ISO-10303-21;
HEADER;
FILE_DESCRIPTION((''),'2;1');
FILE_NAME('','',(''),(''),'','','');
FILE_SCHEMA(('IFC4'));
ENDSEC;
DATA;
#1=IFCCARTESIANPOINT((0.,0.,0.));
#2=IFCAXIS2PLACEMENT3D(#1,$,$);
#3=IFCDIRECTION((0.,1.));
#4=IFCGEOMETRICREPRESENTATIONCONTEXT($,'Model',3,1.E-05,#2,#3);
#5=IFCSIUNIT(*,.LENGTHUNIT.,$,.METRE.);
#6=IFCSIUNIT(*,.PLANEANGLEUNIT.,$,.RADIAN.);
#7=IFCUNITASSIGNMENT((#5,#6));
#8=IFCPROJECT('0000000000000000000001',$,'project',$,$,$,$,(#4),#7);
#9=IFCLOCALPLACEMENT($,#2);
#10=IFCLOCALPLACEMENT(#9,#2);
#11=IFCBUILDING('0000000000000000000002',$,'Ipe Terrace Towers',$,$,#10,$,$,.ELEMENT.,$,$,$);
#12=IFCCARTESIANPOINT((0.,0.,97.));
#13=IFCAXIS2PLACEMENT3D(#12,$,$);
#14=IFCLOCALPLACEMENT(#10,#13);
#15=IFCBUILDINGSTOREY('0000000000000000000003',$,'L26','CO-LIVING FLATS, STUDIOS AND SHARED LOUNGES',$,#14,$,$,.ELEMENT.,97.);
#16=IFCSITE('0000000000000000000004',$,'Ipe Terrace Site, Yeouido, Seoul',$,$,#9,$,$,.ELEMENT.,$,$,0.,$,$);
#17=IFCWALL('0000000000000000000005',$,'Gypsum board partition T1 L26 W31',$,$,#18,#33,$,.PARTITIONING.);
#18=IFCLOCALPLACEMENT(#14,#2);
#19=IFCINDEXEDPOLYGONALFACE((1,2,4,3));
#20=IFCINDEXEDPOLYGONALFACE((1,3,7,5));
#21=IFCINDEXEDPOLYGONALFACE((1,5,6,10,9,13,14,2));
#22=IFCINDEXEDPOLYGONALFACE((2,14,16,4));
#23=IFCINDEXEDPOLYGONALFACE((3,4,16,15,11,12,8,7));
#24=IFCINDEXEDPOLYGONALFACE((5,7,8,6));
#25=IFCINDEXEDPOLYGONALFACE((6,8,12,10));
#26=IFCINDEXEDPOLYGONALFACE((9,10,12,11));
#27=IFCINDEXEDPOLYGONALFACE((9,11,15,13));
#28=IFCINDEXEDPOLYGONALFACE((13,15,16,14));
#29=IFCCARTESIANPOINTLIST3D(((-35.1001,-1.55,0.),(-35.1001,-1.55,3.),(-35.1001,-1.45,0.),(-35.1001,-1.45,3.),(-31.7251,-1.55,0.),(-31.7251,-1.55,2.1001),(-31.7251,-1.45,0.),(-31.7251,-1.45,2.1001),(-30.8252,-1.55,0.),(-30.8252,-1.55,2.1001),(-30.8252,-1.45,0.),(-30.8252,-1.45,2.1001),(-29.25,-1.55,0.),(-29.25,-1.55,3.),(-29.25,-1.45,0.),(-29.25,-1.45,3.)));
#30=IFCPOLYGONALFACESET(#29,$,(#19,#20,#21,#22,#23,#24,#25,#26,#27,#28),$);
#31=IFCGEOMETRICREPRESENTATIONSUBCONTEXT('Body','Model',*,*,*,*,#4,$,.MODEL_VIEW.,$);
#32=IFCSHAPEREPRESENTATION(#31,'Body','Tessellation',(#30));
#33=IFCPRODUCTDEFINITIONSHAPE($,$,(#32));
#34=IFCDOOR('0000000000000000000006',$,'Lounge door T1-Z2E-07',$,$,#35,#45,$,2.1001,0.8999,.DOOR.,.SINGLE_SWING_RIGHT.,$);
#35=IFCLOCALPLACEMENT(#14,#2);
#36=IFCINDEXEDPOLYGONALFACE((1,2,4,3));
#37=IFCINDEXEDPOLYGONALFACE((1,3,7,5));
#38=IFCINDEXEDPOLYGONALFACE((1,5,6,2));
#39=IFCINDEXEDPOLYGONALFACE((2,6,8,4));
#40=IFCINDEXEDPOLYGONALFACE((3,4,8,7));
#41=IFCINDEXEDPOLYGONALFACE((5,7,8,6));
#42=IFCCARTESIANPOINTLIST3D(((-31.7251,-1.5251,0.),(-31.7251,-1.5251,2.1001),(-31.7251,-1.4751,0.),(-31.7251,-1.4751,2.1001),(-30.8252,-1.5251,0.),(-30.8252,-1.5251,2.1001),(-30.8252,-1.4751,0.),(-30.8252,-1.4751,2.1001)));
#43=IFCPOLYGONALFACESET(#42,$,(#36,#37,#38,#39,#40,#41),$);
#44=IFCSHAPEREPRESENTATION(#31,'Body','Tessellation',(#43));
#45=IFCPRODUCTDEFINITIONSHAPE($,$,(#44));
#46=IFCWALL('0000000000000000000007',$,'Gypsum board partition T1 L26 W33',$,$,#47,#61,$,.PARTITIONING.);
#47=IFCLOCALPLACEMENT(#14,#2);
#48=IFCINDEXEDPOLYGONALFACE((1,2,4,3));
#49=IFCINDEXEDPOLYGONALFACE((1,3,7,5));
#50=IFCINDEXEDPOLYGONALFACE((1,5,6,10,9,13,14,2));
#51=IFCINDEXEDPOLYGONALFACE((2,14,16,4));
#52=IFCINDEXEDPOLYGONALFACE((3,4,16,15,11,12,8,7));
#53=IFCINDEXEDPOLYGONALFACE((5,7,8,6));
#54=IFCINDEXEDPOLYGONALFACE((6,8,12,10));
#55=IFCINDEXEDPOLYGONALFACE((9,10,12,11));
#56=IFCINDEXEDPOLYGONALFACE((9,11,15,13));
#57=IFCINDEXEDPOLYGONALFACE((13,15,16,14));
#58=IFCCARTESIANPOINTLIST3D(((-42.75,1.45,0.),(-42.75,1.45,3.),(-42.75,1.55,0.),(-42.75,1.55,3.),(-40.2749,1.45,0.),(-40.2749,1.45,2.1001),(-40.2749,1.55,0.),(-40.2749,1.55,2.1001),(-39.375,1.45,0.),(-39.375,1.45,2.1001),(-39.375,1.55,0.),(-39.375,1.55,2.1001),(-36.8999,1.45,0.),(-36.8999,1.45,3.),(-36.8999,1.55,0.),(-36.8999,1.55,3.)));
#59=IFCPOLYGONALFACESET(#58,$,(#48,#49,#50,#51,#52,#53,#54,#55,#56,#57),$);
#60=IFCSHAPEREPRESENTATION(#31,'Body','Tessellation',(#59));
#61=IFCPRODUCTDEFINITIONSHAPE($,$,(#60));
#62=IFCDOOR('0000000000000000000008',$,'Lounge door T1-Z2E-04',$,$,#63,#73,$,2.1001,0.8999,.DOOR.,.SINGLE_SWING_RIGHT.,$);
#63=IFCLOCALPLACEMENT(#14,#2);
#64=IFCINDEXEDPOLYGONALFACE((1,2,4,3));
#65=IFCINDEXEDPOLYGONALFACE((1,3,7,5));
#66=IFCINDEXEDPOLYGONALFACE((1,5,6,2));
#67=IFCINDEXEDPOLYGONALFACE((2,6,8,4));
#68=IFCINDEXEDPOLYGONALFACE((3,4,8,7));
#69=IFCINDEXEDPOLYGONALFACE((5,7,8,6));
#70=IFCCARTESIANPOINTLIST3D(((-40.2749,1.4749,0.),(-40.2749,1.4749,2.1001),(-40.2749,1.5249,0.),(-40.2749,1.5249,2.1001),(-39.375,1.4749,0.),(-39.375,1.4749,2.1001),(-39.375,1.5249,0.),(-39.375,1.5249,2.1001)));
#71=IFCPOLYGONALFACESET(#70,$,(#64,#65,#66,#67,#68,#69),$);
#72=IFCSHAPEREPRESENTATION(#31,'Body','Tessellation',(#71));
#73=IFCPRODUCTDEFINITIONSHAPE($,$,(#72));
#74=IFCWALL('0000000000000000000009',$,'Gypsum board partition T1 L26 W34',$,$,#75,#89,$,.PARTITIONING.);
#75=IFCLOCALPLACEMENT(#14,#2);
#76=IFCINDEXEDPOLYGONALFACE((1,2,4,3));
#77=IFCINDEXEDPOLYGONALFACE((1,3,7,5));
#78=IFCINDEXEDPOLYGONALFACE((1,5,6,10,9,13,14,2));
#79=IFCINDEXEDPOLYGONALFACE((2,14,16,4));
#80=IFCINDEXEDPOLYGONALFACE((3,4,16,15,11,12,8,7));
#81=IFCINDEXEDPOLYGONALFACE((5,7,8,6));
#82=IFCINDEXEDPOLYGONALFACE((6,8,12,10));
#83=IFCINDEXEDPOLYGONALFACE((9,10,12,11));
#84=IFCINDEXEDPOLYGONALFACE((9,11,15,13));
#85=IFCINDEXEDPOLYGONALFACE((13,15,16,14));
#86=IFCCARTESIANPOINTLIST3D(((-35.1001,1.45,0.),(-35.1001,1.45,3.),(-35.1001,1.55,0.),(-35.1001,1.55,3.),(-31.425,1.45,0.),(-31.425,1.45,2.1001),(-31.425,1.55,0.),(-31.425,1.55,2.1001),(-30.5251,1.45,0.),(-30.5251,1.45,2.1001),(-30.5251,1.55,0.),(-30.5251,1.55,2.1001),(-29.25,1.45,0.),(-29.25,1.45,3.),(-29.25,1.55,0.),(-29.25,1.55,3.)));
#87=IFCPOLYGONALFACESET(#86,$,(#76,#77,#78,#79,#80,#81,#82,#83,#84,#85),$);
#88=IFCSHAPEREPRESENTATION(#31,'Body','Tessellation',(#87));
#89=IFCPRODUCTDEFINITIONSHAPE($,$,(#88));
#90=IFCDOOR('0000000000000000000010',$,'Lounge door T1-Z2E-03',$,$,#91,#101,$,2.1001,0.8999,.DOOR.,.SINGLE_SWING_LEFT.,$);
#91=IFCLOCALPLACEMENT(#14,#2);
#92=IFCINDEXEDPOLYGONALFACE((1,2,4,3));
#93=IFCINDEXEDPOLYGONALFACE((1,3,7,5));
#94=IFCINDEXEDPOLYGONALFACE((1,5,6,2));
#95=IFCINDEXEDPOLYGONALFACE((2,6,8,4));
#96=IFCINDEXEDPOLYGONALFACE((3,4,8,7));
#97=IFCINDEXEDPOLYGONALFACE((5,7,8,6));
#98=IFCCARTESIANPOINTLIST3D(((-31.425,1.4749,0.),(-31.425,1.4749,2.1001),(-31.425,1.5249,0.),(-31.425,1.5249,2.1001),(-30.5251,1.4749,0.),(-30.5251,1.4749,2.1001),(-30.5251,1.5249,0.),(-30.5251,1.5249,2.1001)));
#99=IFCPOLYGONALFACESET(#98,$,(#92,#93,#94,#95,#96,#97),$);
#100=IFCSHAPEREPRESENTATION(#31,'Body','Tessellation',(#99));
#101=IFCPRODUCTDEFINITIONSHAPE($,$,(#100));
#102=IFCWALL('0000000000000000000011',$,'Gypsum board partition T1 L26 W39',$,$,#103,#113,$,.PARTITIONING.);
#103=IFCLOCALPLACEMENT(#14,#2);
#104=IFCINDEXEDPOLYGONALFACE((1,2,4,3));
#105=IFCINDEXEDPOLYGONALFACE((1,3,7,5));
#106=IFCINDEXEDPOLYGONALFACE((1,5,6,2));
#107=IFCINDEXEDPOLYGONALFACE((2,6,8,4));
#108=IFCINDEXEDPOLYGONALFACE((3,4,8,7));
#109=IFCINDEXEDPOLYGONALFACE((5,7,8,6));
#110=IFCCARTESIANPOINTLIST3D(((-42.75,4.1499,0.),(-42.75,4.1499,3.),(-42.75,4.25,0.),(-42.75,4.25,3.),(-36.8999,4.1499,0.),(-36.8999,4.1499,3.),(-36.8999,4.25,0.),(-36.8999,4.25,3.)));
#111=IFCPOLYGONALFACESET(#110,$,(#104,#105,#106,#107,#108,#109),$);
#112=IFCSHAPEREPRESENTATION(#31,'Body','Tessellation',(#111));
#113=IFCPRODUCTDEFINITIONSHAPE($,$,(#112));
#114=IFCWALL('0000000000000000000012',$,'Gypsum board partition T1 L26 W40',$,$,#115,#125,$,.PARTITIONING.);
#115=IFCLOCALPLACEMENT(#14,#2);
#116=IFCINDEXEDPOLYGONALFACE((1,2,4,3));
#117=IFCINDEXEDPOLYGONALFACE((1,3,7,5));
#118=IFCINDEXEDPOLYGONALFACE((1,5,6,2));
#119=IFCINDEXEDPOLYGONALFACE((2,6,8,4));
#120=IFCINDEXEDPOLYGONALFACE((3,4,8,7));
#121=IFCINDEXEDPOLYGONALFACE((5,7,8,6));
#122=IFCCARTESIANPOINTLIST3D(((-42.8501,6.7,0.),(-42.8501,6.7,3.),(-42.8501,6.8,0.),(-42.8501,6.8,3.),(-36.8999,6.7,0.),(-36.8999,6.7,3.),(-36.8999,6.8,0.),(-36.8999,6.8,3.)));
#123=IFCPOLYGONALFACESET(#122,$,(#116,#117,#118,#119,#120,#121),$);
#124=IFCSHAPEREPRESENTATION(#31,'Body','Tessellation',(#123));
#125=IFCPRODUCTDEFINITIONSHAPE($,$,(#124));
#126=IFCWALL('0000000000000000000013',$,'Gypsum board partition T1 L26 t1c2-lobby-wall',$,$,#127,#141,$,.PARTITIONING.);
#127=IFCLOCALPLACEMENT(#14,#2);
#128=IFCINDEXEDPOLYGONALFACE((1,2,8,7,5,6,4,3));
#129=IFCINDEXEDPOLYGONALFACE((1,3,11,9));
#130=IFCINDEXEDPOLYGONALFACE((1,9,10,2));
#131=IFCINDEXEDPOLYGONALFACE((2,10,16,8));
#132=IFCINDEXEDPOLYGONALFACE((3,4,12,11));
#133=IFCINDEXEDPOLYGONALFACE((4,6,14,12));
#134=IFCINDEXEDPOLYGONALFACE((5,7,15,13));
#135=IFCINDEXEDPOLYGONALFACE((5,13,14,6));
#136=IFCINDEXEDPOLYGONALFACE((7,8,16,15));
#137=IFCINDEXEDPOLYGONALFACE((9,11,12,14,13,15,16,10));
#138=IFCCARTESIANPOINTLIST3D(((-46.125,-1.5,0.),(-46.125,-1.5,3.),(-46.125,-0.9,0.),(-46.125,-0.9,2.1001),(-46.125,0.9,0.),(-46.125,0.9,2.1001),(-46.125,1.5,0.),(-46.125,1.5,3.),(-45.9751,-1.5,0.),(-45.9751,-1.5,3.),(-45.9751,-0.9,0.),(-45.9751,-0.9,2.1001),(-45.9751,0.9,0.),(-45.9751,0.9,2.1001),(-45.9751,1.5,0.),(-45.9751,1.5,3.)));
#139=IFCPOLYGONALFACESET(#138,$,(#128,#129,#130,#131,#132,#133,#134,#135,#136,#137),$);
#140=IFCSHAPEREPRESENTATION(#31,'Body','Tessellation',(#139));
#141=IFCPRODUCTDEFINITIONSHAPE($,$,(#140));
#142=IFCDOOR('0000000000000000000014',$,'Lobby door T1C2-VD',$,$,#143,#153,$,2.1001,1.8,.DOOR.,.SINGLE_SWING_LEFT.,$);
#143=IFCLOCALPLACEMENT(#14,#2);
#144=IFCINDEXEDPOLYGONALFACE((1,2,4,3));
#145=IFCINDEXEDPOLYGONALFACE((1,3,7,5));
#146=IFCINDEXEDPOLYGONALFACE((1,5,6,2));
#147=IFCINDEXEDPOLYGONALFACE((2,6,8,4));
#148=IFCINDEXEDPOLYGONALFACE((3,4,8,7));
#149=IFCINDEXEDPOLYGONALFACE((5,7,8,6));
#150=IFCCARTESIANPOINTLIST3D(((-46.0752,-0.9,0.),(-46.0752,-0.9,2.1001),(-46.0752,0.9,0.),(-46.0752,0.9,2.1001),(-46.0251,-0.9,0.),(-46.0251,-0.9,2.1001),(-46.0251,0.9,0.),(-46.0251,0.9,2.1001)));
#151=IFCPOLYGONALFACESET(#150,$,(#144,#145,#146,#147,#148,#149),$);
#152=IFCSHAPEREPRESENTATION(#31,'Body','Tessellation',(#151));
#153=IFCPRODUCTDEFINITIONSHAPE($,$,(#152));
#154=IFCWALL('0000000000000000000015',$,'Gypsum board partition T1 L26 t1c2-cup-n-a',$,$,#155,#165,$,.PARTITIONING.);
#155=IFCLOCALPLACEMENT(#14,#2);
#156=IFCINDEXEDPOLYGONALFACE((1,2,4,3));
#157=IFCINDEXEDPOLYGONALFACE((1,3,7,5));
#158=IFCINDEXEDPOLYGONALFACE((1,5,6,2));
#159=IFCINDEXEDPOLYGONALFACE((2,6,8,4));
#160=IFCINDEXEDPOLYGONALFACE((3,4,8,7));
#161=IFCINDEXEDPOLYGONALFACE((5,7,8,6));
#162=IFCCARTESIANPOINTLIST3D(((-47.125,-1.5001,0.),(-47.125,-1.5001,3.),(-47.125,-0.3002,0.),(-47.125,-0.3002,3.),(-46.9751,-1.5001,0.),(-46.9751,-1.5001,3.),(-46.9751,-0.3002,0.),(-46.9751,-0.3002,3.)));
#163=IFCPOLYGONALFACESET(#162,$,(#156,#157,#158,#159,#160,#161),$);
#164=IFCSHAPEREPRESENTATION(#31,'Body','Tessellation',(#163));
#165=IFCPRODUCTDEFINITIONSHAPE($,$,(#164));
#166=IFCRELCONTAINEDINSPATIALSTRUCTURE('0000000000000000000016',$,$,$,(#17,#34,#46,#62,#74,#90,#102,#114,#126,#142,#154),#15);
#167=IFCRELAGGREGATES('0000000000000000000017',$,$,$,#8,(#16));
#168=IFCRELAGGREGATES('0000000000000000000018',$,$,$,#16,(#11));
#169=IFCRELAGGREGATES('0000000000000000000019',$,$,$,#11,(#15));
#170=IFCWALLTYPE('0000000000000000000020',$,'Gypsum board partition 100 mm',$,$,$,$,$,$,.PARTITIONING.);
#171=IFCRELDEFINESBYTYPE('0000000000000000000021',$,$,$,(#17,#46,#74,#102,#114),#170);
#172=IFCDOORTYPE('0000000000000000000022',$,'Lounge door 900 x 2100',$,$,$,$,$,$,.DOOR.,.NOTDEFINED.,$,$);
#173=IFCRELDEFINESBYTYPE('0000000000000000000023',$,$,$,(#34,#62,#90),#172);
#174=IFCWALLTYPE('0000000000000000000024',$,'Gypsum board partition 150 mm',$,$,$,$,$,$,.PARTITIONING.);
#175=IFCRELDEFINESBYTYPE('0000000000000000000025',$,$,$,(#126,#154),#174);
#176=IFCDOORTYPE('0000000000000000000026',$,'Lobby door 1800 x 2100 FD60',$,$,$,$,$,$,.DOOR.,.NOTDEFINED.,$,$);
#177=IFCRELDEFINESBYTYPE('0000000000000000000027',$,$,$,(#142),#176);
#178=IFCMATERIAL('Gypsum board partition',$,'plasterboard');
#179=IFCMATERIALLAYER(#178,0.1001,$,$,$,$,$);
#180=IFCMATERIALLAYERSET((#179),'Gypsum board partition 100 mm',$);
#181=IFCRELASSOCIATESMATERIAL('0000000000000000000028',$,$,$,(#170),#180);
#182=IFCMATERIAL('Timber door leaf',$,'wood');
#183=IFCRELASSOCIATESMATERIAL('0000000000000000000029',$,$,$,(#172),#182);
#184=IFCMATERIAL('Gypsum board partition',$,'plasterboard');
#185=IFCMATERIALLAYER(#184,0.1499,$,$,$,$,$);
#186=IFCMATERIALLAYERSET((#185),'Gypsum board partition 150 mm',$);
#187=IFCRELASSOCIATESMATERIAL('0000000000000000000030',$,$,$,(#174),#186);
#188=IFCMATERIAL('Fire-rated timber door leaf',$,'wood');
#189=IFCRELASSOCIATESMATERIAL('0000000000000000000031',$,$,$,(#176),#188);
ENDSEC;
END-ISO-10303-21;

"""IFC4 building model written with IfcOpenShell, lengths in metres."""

from ifc_helpers import new_model, si_unit, direction, frame, frame_2d, origin, place, context, subcontext, project, spatial, rectangle, extrude, material, layer, layer_set, type_object, element, fill, save


model = new_model("IFC4")

# Units and contexts
model_context = context("Model", 3, precision=1e-05, world=origin(), true_north=direction((0.0, 1.0)))
body_context = subcontext(model_context, "Body", "Model", "MODEL_VIEW")
ifc_project = project(units=[si_unit("LENGTHUNIT", "METRE"), si_unit("PLANEANGLEUNIT", "RADIAN")], contexts=[model_context])

# Site, building, storey
site_placement = place(None, origin())
site = spatial("IfcSite", under=ifc_project, at=site_placement, Name="Ipe Terrace Site, Yeouido, Seoul", CompositionType="ELEMENT", RefElevation=0.0)
building_placement = place(site_placement, origin())
building = spatial("IfcBuilding", under=site, at=building_placement, Name="Ipe Terrace Towers", CompositionType="ELEMENT")
storey_placement = place(building_placement, frame((0.0, 0.0, 97.0)))
storey = spatial("IfcBuildingStorey", under=building, at=storey_placement, Name="L26", Description="CO-LIVING FLATS, STUDIOS AND SHARED LOUNGES", CompositionType="ELEMENT", Elevation=97.0)

# Walls, openings, doors
ifc_material_1 = material(Name="Gypsum board partition", Category="plasterboard")
ifc_layer_1 = layer(ifc_material_1, 0.1001)
ifc_layer_set_1 = layer_set([ifc_layer_1], Name="Gypsum board partition 100 mm")
wall_type_1 = type_object("IfcWallType", Name="Gypsum board partition 100 mm", PredefinedType="PARTITIONING", material=ifc_layer_set_1)
ifc_material_2 = material(Name="Timber door leaf", Category="wood")
door_type_1 = type_object("IfcDoorType", Name="Lounge door 900 x 2100", OperationType="NOTDEFINED", PredefinedType="DOOR", material=ifc_material_2)
wall_1_placement = place(storey_placement, frame((-35.1001, -1.5, 0.0), z_axis=(0.0, 0.0, 1.0), x_axis=(1.0, 0.0, 0.0)))
wall_1 = element("IfcWall", 1, at=wall_1_placement, inside=storey, type_object=wall_type_1, Name="Gypsum board partition T1 L26 W31", PredefinedType="PARTITIONING", context=body_context, shape_type="SweptSolid", body=[
    extrude(rectangle(XDim=5.8501, YDim=0.1001, at=frame_2d((2.925, 0.0))), origin(), (0.0, 0.0, 1.0), 3.0),
])
opening_1_placement = place(wall_1_placement, frame((3.375, 0.0, 0.0)))
opening_1 = element("IfcOpeningElement", 2, at=opening_1_placement, cuts=wall_1, PredefinedType="OPENING", context=body_context, shape_type="SweptSolid", body=[
    extrude(rectangle(XDim=0.8999, YDim=2.1001, at=frame_2d((0.45, 1.05))), frame((0.0, 0.0601, 0.0), z_axis=(0.0, -1.0, 0.0), x_axis=(1.0, 0.0, 0.0)), (0.0, 0.0, 1.0), 0.1201),
])
door_1_placement = place(opening_1_placement, origin())
door_1 = element("IfcDoor", 3, at=door_1_placement, inside=storey, type_object=door_type_1, Name="Lounge door T1-Z2E-07", OperationType="SINGLE_SWING_RIGHT", OverallHeight=2.1001, OverallWidth=0.8999, PredefinedType="DOOR", context=body_context, shape_type="SweptSolid", body=[
    extrude(rectangle(XDim=0.8999, YDim=2.1001, at=frame_2d((0.45, 1.05))), frame((0.0, 0.0249, 0.0), z_axis=(0.0, -1.0, 0.0), x_axis=(1.0, 0.0, 0.0)), (0.0, 0.0, 1.0), 0.05),
])
fill(opening_1, door_1)
wall_2_placement = place(storey_placement, frame((-42.75, 1.5, 0.0), z_axis=(0.0, 0.0, 1.0), x_axis=(1.0, 0.0, 0.0)))
wall_2 = element("IfcWall", 4, at=wall_2_placement, inside=storey, type_object=wall_type_1, Name="Gypsum board partition T1 L26 W33", PredefinedType="PARTITIONING", context=body_context, shape_type="SweptSolid", body=[
    extrude(rectangle(XDim=5.8501, YDim=0.1001, at=frame_2d((2.925, 0.0))), origin(), (0.0, 0.0, 1.0), 3.0),
])
opening_2_placement = place(wall_2_placement, frame((2.4751, 0.0, 0.0)))
opening_2 = element("IfcOpeningElement", 5, at=opening_2_placement, cuts=wall_2, PredefinedType="OPENING", context=body_context, shape_type="SweptSolid", body=[
    extrude(rectangle(XDim=0.8999, YDim=2.1001, at=frame_2d((0.45, 1.05))), frame((0.0, 0.0601, 0.0), z_axis=(0.0, -1.0, 0.0), x_axis=(1.0, 0.0, 0.0)), (0.0, 0.0, 1.0), 0.1201),
])
door_2_placement = place(opening_2_placement, origin())
door_2 = element("IfcDoor", 6, at=door_2_placement, inside=storey, type_object=door_type_1, Name="Lounge door T1-Z2E-04", OperationType="SINGLE_SWING_RIGHT", OverallHeight=2.1001, OverallWidth=0.8999, PredefinedType="DOOR", context=body_context, shape_type="SweptSolid", body=[
    extrude(rectangle(XDim=0.8999, YDim=2.1001, at=frame_2d((0.45, 1.05))), frame((0.0, 0.0249, 0.0), z_axis=(0.0, -1.0, 0.0), x_axis=(1.0, 0.0, 0.0)), (0.0, 0.0, 1.0), 0.05),
])
fill(opening_2, door_2)
wall_3_placement = place(storey_placement, frame((-35.1001, 1.5, 0.0), z_axis=(0.0, 0.0, 1.0), x_axis=(1.0, 0.0, 0.0)))
wall_3 = element("IfcWall", 7, at=wall_3_placement, inside=storey, type_object=wall_type_1, Name="Gypsum board partition T1 L26 W34", PredefinedType="PARTITIONING", context=body_context, shape_type="SweptSolid", body=[
    extrude(rectangle(XDim=5.8501, YDim=0.1001, at=frame_2d((2.925, 0.0))), origin(), (0.0, 0.0, 1.0), 3.0),
])
opening_3_placement = place(wall_3_placement, frame((3.675, 0.0, 0.0)))
opening_3 = element("IfcOpeningElement", 8, at=opening_3_placement, cuts=wall_3, PredefinedType="OPENING", context=body_context, shape_type="SweptSolid", body=[
    extrude(rectangle(XDim=0.8999, YDim=2.1001, at=frame_2d((0.45, 1.05))), frame((0.0, 0.0601, 0.0), z_axis=(0.0, -1.0, 0.0), x_axis=(1.0, 0.0, 0.0)), (0.0, 0.0, 1.0), 0.1201),
])
door_3_placement = place(opening_3_placement, origin())
door_3 = element("IfcDoor", 9, at=door_3_placement, inside=storey, type_object=door_type_1, Name="Lounge door T1-Z2E-03", OperationType="SINGLE_SWING_LEFT", OverallHeight=2.1001, OverallWidth=0.8999, PredefinedType="DOOR", context=body_context, shape_type="SweptSolid", body=[
    extrude(rectangle(XDim=0.8999, YDim=2.1001, at=frame_2d((0.45, 1.05))), frame((0.0, 0.0249, 0.0), z_axis=(0.0, -1.0, 0.0), x_axis=(1.0, 0.0, 0.0)), (0.0, 0.0, 1.0), 0.05),
])
fill(opening_3, door_3)

# Walls
wall_4_placement = place(storey_placement, frame((-42.75, 4.2, 0.0), z_axis=(0.0, 0.0, 1.0), x_axis=(1.0, 0.0, 0.0)))
element("IfcWall", 10, at=wall_4_placement, inside=storey, type_object=wall_type_1, Name="Gypsum board partition T1 L26 W39", PredefinedType="PARTITIONING", context=body_context, shape_type="SweptSolid", body=[
    extrude(rectangle(XDim=5.8501, YDim=0.1001, at=frame_2d((2.925, 0.0))), origin(), (0.0, 0.0, 1.0), 3.0),
])
wall_5_placement = place(storey_placement, frame((-42.8501, 6.75, 0.0), z_axis=(0.0, 0.0, 1.0), x_axis=(1.0, 0.0, 0.0)))
element("IfcWall", 11, at=wall_5_placement, inside=storey, type_object=wall_type_1, Name="Gypsum board partition T1 L26 W40", PredefinedType="PARTITIONING", context=body_context, shape_type="SweptSolid", body=[
    extrude(rectangle(XDim=5.9502, YDim=0.1001, at=frame_2d((2.9751, 0.0))), origin(), (0.0, 0.0, 1.0), 3.0),
])

# Wall, opening, door
ifc_material_3 = material(Name="Gypsum board partition", Category="plasterboard")
ifc_layer_2 = layer(ifc_material_3, 0.1499)
ifc_layer_set_2 = layer_set([ifc_layer_2], Name="Gypsum board partition 150 mm")
wall_type_2 = type_object("IfcWallType", Name="Gypsum board partition 150 mm", PredefinedType="PARTITIONING", material=ifc_layer_set_2)
wall_6_placement = place(storey_placement, frame((-46.05, 1.5, 0.0), z_axis=(0.0, 0.0, 1.0), x_axis=(0.0, -1.0, 0.0)))
wall_6 = element("IfcWall", 12, at=wall_6_placement, inside=storey, type_object=wall_type_2, Name="Gypsum board partition T1 L26 t1c2-lobby-wall", PredefinedType="PARTITIONING", context=body_context, shape_type="SweptSolid", body=[
    extrude(rectangle(XDim=3.0, YDim=0.1499, at=frame_2d((1.5, 0.0))), origin(), (0.0, 0.0, 1.0), 3.0),
])
opening_4_placement = place(wall_6_placement, frame((0.6001, 0.0, 0.0)))
opening_4 = element("IfcOpeningElement", 13, at=opening_4_placement, cuts=wall_6, PredefinedType="OPENING", context=body_context, shape_type="SweptSolid", body=[
    extrude(rectangle(XDim=1.8, YDim=2.1001, at=frame_2d((0.8999, 1.05))), frame((0.0, 0.085, 0.0), z_axis=(0.0, -1.0, 0.0), x_axis=(1.0, 0.0, 0.0)), (0.0, 0.0, 1.0), 0.1699),
])
ifc_material_4 = material(Name="Fire-rated timber door leaf", Category="wood")
door_type_2 = type_object("IfcDoorType", Name="Lobby door 1800 x 2100 FD60", OperationType="NOTDEFINED", PredefinedType="DOOR", material=ifc_material_4)
door_4_placement = place(opening_4_placement, origin())
door_4 = element("IfcDoor", 14, at=door_4_placement, inside=storey, type_object=door_type_2, Name="Lobby door T1C2-VD", OperationType="SINGLE_SWING_LEFT", OverallHeight=2.1001, OverallWidth=1.8, PredefinedType="DOOR", context=body_context, shape_type="SweptSolid", body=[
    extrude(rectangle(XDim=1.8, YDim=2.1001, at=frame_2d((0.8999, 1.05))), frame((0.0, 0.0249, 0.0), z_axis=(0.0, -1.0, 0.0), x_axis=(1.0, 0.0, 0.0)), (0.0, 0.0, 1.0), 0.05),
])
fill(opening_4, door_4)

# Wall
wall_7_placement = place(storey_placement, frame((-47.05, -0.3, 0.0), z_axis=(0.0, 0.0, 1.0), x_axis=(0.0, -1.0, 0.0)))
element("IfcWall", 15, at=wall_7_placement, inside=storey, type_object=wall_type_2, Name="Gypsum board partition T1 L26 t1c2-cup-n-a", PredefinedType="PARTITIONING", context=body_context, shape_type="SweptSolid", body=[
    extrude(rectangle(XDim=1.2, YDim=0.1499, at=frame_2d((0.6001, 0.0))), origin(), (0.0, 0.0, 1.0), 3.0),
])

save(model, "model.ifc")
